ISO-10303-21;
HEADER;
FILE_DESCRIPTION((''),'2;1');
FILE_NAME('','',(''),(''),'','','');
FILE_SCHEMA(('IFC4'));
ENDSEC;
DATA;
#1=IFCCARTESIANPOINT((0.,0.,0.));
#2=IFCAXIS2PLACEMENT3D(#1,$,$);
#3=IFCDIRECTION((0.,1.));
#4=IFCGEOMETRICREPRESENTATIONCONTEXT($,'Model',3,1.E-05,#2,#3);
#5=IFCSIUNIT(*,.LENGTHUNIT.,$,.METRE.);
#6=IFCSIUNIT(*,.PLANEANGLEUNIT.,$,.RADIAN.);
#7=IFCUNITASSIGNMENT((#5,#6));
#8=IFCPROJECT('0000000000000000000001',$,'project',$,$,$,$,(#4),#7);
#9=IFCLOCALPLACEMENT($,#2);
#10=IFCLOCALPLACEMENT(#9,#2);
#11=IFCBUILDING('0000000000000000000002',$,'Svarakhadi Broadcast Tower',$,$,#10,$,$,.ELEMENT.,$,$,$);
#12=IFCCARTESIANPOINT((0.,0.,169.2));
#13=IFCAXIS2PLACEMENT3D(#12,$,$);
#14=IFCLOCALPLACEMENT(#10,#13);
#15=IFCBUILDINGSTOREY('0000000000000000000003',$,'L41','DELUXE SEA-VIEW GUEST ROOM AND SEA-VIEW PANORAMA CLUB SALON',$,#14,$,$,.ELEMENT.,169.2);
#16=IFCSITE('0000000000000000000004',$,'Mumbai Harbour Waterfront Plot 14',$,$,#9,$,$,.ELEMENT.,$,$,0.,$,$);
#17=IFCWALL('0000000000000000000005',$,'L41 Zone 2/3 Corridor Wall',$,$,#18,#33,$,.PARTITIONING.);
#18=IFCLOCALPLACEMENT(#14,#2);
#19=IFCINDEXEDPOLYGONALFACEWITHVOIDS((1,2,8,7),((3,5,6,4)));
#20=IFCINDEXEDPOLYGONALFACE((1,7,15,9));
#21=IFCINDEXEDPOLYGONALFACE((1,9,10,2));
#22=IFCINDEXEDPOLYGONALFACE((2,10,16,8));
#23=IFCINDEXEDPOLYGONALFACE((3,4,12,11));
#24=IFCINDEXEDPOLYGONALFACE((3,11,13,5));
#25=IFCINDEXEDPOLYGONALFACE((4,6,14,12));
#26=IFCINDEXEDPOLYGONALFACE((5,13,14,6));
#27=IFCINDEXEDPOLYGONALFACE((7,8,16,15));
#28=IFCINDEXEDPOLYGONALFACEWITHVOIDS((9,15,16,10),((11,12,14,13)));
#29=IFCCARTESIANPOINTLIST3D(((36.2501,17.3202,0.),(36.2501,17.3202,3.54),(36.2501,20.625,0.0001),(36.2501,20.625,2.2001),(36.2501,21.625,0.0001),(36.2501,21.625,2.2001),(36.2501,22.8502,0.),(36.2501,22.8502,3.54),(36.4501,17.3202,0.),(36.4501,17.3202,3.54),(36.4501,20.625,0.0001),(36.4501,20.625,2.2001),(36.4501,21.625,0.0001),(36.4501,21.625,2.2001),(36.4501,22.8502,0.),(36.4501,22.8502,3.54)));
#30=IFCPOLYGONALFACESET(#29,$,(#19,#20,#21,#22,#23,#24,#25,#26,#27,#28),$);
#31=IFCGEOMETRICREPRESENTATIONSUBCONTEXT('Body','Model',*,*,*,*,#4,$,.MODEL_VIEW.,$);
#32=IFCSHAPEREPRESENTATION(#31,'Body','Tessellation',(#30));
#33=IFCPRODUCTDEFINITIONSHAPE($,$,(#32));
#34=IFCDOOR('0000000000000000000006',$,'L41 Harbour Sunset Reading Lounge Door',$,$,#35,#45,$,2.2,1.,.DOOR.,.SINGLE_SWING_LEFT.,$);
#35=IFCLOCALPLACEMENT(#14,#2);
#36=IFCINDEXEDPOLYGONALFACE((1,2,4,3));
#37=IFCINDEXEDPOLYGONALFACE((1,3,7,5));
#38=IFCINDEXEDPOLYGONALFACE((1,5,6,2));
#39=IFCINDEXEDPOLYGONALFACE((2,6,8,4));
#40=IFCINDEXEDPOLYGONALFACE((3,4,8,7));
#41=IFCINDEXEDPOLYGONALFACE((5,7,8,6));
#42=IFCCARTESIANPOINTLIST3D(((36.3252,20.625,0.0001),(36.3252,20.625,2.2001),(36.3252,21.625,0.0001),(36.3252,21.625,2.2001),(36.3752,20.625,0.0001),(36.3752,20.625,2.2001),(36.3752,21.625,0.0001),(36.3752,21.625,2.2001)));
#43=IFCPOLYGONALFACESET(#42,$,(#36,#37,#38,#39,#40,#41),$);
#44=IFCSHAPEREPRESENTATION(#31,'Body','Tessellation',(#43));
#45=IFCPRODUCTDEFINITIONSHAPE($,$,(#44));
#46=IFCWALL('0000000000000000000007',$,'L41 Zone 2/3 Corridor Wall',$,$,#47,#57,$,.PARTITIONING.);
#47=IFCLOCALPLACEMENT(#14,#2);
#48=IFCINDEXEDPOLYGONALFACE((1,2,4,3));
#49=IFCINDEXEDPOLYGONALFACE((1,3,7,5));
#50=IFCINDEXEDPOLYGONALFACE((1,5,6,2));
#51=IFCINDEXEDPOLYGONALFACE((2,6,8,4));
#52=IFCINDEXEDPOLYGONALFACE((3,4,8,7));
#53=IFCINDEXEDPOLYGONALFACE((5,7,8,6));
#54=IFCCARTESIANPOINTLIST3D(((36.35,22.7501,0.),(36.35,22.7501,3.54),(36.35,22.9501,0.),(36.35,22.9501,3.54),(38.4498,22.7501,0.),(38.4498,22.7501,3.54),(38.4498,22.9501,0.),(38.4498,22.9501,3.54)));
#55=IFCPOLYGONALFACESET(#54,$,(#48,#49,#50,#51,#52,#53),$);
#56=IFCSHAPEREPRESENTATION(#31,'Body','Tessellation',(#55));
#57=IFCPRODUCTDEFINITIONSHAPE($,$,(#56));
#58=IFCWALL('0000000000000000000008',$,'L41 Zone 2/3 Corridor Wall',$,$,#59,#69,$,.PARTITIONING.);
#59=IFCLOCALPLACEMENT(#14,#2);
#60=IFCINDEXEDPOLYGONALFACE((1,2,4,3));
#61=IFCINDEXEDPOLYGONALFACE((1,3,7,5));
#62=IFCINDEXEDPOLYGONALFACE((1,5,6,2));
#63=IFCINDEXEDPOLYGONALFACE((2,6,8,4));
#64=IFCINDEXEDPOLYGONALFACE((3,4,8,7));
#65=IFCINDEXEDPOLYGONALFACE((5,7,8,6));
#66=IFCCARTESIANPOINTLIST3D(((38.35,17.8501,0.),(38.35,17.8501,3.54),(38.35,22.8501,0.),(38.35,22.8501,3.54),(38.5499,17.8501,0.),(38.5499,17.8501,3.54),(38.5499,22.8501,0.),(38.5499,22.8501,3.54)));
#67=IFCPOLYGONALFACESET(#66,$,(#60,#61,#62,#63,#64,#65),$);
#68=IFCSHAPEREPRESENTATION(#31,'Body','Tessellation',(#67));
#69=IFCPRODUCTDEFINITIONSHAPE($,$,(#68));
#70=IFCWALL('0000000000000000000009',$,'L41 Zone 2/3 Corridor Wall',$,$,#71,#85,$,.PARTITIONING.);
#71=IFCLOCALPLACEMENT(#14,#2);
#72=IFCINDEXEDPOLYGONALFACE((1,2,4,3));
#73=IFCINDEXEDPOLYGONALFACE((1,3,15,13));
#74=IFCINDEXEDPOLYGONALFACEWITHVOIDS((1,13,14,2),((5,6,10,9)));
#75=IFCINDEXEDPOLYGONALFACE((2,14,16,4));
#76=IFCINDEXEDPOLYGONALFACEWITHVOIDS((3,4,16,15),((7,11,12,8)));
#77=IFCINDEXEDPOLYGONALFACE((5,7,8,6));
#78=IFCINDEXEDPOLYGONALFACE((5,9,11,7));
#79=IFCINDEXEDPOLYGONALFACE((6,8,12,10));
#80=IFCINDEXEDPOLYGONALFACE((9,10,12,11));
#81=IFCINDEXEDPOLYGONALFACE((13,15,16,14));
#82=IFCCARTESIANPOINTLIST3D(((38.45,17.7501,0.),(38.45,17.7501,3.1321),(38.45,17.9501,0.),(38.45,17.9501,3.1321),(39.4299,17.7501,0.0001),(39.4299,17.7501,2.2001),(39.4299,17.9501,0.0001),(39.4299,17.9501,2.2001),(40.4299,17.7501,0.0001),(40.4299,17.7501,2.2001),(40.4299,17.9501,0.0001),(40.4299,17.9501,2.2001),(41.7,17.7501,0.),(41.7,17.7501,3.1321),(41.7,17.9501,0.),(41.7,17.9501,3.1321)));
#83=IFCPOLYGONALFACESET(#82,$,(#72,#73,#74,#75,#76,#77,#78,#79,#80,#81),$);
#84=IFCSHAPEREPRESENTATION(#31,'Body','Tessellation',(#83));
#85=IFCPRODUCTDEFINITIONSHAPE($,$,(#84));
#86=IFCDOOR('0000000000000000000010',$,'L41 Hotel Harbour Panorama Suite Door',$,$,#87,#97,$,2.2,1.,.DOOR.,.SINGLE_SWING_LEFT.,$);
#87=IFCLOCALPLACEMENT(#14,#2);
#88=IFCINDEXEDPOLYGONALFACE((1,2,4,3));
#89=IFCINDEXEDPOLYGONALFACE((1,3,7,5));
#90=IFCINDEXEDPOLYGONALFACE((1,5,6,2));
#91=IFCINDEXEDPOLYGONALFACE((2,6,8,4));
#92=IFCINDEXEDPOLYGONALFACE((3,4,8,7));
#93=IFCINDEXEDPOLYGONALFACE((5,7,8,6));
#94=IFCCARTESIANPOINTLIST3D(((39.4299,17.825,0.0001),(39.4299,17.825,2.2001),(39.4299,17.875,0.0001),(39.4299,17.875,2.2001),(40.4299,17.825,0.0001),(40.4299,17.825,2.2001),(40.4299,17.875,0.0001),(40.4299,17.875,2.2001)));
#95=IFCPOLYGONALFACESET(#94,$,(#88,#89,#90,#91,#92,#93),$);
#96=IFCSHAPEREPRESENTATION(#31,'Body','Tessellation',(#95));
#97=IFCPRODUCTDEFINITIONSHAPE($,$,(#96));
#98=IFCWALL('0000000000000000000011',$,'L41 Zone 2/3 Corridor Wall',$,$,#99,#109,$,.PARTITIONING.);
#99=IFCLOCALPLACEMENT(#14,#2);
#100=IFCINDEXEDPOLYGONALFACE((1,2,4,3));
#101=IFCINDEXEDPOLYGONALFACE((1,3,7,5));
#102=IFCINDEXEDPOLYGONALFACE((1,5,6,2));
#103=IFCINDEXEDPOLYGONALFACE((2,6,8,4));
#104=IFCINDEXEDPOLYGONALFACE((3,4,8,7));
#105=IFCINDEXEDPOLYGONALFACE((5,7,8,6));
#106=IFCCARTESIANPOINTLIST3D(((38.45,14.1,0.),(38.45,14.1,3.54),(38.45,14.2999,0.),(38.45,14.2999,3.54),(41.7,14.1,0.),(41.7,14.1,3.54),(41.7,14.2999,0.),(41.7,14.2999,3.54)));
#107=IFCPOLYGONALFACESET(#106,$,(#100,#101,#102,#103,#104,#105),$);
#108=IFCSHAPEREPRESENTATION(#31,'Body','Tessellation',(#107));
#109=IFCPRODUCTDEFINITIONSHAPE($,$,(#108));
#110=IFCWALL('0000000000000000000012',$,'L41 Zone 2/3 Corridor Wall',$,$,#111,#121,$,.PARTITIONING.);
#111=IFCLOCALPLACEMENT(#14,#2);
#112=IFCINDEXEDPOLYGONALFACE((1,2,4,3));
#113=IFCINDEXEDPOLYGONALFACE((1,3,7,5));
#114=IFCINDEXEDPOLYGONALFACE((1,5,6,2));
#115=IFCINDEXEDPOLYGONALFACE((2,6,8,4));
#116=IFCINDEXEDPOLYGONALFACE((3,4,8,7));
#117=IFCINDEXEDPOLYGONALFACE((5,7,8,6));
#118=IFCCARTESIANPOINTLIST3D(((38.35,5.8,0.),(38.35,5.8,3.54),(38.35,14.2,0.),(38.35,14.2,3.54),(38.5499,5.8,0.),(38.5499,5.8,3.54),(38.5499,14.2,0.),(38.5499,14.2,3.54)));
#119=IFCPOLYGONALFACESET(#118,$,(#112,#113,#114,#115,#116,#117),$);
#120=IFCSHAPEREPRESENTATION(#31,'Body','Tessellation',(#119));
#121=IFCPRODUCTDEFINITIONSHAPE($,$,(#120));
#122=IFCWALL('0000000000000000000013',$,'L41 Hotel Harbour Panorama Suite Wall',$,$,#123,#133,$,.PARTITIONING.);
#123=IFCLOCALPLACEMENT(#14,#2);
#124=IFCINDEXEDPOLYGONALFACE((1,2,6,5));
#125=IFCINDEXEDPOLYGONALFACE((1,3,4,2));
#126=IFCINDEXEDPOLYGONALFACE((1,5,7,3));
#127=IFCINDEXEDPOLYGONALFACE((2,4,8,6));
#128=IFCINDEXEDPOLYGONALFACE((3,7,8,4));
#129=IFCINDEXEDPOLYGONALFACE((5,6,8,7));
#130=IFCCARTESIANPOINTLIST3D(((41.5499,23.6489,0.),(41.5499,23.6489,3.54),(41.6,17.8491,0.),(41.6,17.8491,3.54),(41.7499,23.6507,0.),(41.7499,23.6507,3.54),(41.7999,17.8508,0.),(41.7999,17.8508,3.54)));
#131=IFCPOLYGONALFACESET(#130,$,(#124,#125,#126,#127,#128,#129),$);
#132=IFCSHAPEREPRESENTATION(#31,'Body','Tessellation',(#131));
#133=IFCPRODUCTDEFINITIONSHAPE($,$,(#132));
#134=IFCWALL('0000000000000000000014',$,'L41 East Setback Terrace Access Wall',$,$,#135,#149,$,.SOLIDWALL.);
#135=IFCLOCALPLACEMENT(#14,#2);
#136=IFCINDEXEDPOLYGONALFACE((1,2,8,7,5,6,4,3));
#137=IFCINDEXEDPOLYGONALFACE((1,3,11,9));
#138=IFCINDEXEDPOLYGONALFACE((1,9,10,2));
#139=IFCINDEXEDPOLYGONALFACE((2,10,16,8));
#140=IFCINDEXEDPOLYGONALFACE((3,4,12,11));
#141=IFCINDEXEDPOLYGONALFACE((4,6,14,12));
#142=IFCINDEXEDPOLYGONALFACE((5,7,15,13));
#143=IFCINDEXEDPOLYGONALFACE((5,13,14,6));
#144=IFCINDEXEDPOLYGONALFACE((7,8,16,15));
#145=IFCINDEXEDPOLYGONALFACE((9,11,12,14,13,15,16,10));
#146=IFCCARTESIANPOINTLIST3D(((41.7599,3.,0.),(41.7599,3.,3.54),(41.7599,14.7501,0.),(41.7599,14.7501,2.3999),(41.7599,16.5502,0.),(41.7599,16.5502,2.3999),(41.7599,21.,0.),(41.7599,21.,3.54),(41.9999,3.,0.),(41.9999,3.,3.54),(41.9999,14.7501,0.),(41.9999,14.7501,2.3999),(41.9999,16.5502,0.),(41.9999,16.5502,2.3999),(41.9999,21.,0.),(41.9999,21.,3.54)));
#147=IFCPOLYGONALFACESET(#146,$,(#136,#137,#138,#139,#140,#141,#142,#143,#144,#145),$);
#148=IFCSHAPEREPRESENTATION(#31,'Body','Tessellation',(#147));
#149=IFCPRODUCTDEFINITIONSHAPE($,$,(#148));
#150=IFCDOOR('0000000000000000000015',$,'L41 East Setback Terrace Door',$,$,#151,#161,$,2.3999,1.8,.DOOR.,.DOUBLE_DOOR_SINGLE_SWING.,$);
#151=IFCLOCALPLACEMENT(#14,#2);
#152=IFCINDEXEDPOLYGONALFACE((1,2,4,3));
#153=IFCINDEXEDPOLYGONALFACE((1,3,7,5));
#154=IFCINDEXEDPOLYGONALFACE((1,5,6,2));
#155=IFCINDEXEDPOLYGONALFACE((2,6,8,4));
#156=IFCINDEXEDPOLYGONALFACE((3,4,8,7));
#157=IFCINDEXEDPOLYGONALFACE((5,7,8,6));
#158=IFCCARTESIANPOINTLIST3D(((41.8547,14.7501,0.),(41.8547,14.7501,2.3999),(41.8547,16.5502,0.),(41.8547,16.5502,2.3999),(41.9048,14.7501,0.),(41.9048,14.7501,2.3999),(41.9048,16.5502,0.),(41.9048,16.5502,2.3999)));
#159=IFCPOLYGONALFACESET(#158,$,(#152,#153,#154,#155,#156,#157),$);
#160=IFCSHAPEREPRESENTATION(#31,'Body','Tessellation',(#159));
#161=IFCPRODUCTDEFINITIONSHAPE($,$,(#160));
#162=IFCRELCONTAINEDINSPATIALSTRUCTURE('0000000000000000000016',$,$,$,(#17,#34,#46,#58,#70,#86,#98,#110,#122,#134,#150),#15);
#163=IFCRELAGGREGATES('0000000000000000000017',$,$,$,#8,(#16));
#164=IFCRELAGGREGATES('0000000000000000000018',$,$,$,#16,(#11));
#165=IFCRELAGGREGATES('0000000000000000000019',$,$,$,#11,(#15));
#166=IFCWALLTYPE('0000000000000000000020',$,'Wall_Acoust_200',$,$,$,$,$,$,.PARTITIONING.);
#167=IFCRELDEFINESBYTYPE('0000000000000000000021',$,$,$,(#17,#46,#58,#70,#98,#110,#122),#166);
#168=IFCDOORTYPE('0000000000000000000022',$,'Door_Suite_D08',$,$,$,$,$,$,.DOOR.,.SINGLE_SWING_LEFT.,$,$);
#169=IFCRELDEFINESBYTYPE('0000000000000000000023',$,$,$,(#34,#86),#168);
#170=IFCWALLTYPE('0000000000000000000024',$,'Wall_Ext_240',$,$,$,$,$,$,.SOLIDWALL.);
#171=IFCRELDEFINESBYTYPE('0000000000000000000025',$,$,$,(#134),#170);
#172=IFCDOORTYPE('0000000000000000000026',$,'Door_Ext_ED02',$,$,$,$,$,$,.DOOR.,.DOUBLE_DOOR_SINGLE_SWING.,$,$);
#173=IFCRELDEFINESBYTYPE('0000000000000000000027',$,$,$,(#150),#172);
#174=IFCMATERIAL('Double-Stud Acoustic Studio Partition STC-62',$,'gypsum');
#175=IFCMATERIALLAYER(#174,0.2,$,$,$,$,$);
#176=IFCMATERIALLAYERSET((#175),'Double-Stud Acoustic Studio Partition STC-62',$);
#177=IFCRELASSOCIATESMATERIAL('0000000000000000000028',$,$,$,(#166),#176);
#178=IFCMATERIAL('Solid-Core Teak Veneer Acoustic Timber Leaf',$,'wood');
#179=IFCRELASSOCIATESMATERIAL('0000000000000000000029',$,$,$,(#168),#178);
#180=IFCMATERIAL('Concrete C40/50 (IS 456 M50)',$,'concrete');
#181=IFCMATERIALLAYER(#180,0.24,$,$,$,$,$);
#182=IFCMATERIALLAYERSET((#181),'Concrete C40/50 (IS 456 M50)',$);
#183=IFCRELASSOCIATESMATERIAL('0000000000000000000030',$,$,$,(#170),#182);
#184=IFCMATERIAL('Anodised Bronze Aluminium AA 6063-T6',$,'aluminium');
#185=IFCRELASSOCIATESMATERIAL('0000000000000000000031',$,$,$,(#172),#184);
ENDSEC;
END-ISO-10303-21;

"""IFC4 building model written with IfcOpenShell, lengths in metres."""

from ifc_helpers import new_model, si_unit, direction, frame, frame_2d, origin, place, context, subcontext, project, spatial, rectangle, extrude, material, layer, layer_set, type_object, element, fill, save


model = new_model("IFC4")

# Units and contexts
model_context = context("Model", 3, precision=1e-05, world=origin(), true_north=direction((0.0, 1.0)))
body_context = subcontext(model_context, "Body", "Model", "MODEL_VIEW")
ifc_project = project(units=[si_unit("LENGTHUNIT", "METRE"), si_unit("PLANEANGLEUNIT", "RADIAN")], contexts=[model_context])

# Site, building, storey
site_placement = place(None, origin())
site = spatial("IfcSite", under=ifc_project, at=site_placement, Name="Mumbai Harbour Waterfront Plot 14", CompositionType="ELEMENT", RefElevation=0.0)
building_placement = place(site_placement, origin())
building = spatial("IfcBuilding", under=site, at=building_placement, Name="Svarakhadi Broadcast Tower", CompositionType="ELEMENT")
storey_placement = place(building_placement, frame((0.0, 0.0, 169.2)))
storey = spatial("IfcBuildingStorey", under=building, at=storey_placement, Name="L41", Description="DELUXE SEA-VIEW GUEST ROOM AND SEA-VIEW PANORAMA CLUB SALON", CompositionType="ELEMENT", Elevation=169.2)

# Shared definitions
ifc_material_1 = material(Name="Anodised Bronze Aluminium AA 6063-T6", Category="aluminium")

# Shared definitions
ifc_material_2 = material(Name="Double-Stud Acoustic Studio Partition STC-62", Category="gypsum")
ifc_layer_1 = layer(ifc_material_2, 0.2)
ifc_layer_set_1 = layer_set([ifc_layer_1], Name="Double-Stud Acoustic Studio Partition STC-62")
wall_type_1 = type_object("IfcWallType", Name="Wall_Acoust_200", PredefinedType="PARTITIONING", material=ifc_layer_set_1)

# Wall, opening, door
wall_1_placement = place(storey_placement, frame((36.3501, 17.3201, 0.0), z_axis=(0.0, 0.0, 1.0), x_axis=(0.0, 1.0, 0.0)))
wall_1 = element("IfcWall", 1, at=wall_1_placement, inside=storey, type_object=wall_type_1, Name="L41 Zone 2/3 Corridor Wall", PredefinedType="PARTITIONING", context=body_context, shape_type="SweptSolid", body=[
    extrude(rectangle(XDim=5.53, YDim=0.2, at=frame_2d((2.7651, 0.0))), origin(), (0.0, 0.0, 1.0), 3.54),
])
opening_1_placement = place(wall_1_placement, frame((3.3049, 0.0, 0.0)))
opening_1 = element("IfcOpeningElement", 2, at=opening_1_placement, cuts=wall_1, PredefinedType="OPENING", context=body_context, shape_type="SweptSolid", body=[
    extrude(rectangle(XDim=1.0, YDim=2.2, at=frame_2d((0.5, 1.1001))), frame((0.0, 0.1099, 0.0), z_axis=(0.0, -1.0, 0.0), x_axis=(1.0, 0.0, 0.0)), (0.0, 0.0, 1.0), 0.22),
])
ifc_material_3 = material(Name="Solid-Core Teak Veneer Acoustic Timber Leaf", Category="wood")
door_type_1 = type_object("IfcDoorType", Name="Door_Suite_D08", OperationType="SINGLE_SWING_LEFT", PredefinedType="DOOR", material=ifc_material_3)
door_1_placement = place(opening_1_placement, origin())
door_1 = element("IfcDoor", 3, at=door_1_placement, inside=storey, type_object=door_type_1, Name="L41 Harbour Sunset Reading Lounge Door", OperationType="SINGLE_SWING_LEFT", OverallHeight=2.2, OverallWidth=1.0, PredefinedType="DOOR", context=body_context, shape_type="SweptSolid", body=[
    extrude(rectangle(XDim=1.0, YDim=2.2, at=frame_2d((0.5, 1.1001))), frame((0.0, 0.0249, 0.0), z_axis=(0.0, -1.0, 0.0), x_axis=(1.0, 0.0, 0.0)), (0.0, 0.0, 1.0), 0.05),
])
fill(opening_1, door_1)

# Walls
wall_2_placement = place(storey_placement, frame((36.3501, 22.8501, 0.0), z_axis=(0.0, 0.0, 1.0), x_axis=(1.0, 0.0, 0.0)))
element("IfcWall", 4, at=wall_2_placement, inside=storey, type_object=wall_type_1, Name="L41 Zone 2/3 Corridor Wall", PredefinedType="PARTITIONING", context=body_context, shape_type="SweptSolid", body=[
    extrude(rectangle(XDim=2.0999, YDim=0.2, at=frame_2d((1.0498, 0.0))), origin(), (0.0, 0.0, 1.0), 3.54),
])
wall_3_placement = place(storey_placement, frame((38.45, 22.8501, 0.0), z_axis=(0.0, 0.0, 1.0), x_axis=(0.0, -1.0, 0.0)))
element("IfcWall", 5, at=wall_3_placement, inside=storey, type_object=wall_type_1, Name="L41 Zone 2/3 Corridor Wall", PredefinedType="PARTITIONING", context=body_context, shape_type="SweptSolid", body=[
    extrude(rectangle(XDim=5.0, YDim=0.2, at=frame_2d((2.5, 0.0))), origin(), (0.0, 0.0, 1.0), 3.54),
])

# Wall, opening, door
wall_4_placement = place(storey_placement, frame((38.45, 17.8501, 0.0), z_axis=(0.0, 0.0, 1.0), x_axis=(1.0, 0.0, 0.0)))
wall_4 = element("IfcWall", 6, at=wall_4_placement, inside=storey, type_object=wall_type_1, Name="L41 Zone 2/3 Corridor Wall", PredefinedType="PARTITIONING", context=body_context, shape_type="SweptSolid", body=[
    extrude(rectangle(XDim=3.25, YDim=0.2, at=frame_2d((1.625, 0.0))), origin(), (0.0, 0.0, 1.0), 3.1321),
])
opening_2_placement = place(wall_4_placement, frame((0.98, 0.0, 0.0)))
opening_2 = element("IfcOpeningElement", 7, at=opening_2_placement, cuts=wall_4, PredefinedType="OPENING", context=body_context, shape_type="SweptSolid", body=[
    extrude(rectangle(XDim=1.0, YDim=2.2, at=frame_2d((0.5, 1.1001))), frame((0.0, 0.1099, 0.0), z_axis=(0.0, -1.0, 0.0), x_axis=(1.0, 0.0, 0.0)), (0.0, 0.0, 1.0), 0.22),
])
door_2_placement = place(opening_2_placement, origin())
door_2 = element("IfcDoor", 8, at=door_2_placement, inside=storey, type_object=door_type_1, Name="L41 Hotel Harbour Panorama Suite Door", OperationType="SINGLE_SWING_LEFT", OverallHeight=2.2, OverallWidth=1.0, PredefinedType="DOOR", context=body_context, shape_type="SweptSolid", body=[
    extrude(rectangle(XDim=1.0, YDim=2.2, at=frame_2d((0.5, 1.1001))), frame((0.0, 0.0249, 0.0), z_axis=(0.0, -1.0, 0.0), x_axis=(1.0, 0.0, 0.0)), (0.0, 0.0, 1.0), 0.05),
])
fill(opening_2, door_2)

# Walls
wall_5_placement = place(storey_placement, frame((41.7, 14.2, 0.0), z_axis=(0.0, 0.0, 1.0), x_axis=(-1.0, 0.0, 0.0)))
element("IfcWall", 9, at=wall_5_placement, inside=storey, type_object=wall_type_1, Name="L41 Zone 2/3 Corridor Wall", PredefinedType="PARTITIONING", context=body_context, shape_type="SweptSolid", body=[
    extrude(rectangle(XDim=3.25, YDim=0.2, at=frame_2d((1.625, 0.0))), origin(), (0.0, 0.0, 1.0), 3.54),
])
wall_6_placement = place(storey_placement, frame((38.45, 14.2, 0.0), z_axis=(0.0, 0.0, 1.0), x_axis=(0.0, -1.0, 0.0)))
element("IfcWall", 10, at=wall_6_placement, inside=storey, type_object=wall_type_1, Name="L41 Zone 2/3 Corridor Wall", PredefinedType="PARTITIONING", context=body_context, shape_type="SweptSolid", body=[
    extrude(rectangle(XDim=8.3999, YDim=0.2, at=frame_2d((4.2, 0.0))), origin(), (0.0, 0.0, 1.0), 3.54),
])
wall_7_placement = place(storey_placement, frame((41.7, 17.8501, 0.0), z_axis=(0.0, 0.0, 1.0), x_axis=(-0.008629, 0.999963, 0.0)))
element("IfcWall", 11, at=wall_7_placement, inside=storey, type_object=wall_type_1, Name="L41 Hotel Harbour Panorama Suite Wall", PredefinedType="PARTITIONING", context=body_context, shape_type="SweptSolid", body=[
    extrude(rectangle(XDim=5.8, YDim=0.2, at=frame_2d((2.8999, 0.0))), origin(), (0.0, 0.0, 1.0), 3.54),
])

# Wall, opening, door
ifc_material_4 = material(Name="Concrete C40/50 (IS 456 M50)", Category="concrete")
ifc_layer_2 = layer(ifc_material_4, 0.24)
ifc_layer_set_2 = layer_set([ifc_layer_2], Name="Concrete C40/50 (IS 456 M50)")
wall_type_2 = type_object("IfcWallType", Name="Wall_Ext_240", PredefinedType="SOLIDWALL", material=ifc_layer_set_2)
wall_8_placement = place(storey_placement, frame((41.8799, 21.0, 0.0), z_axis=(0.0, 0.0, 1.0), x_axis=(0.0, -1.0, 0.0)))
wall_8 = element("IfcWall", 12, at=wall_8_placement, inside=storey, type_object=wall_type_2, Name="L41 East Setback Terrace Access Wall", PredefinedType="SOLIDWALL", context=body_context, shape_type="SweptSolid", body=[
    extrude(rectangle(XDim=18.0, YDim=0.24, at=frame_2d((9.0, 0.0))), origin(), (0.0, 0.0, 1.0), 3.54),
])
opening_3_placement = place(wall_8_placement, frame((4.45, 0.0, 0.0)))
opening_3 = element("IfcOpeningElement", 13, at=opening_3_placement, cuts=wall_8, PredefinedType="OPENING", context=body_context, shape_type="SweptSolid", body=[
    extrude(rectangle(XDim=1.8, YDim=2.3999, at=frame_2d((0.8999, 1.2))), frame((0.0, 0.1299, 0.0), z_axis=(0.0, -1.0, 0.0), x_axis=(1.0, 0.0, 0.0)), (0.0, 0.0, 1.0), 0.26),
])
door_type_2 = type_object("IfcDoorType", Name="Door_Ext_ED02", OperationType="DOUBLE_DOOR_SINGLE_SWING", PredefinedType="DOOR", material=ifc_material_1)
door_3_placement = place(opening_3_placement, origin())
door_3 = element("IfcDoor", 14, at=door_3_placement, inside=storey, type_object=door_type_2, Name="L41 East Setback Terrace Door", OperationType="DOUBLE_DOOR_SINGLE_SWING", OverallHeight=2.3999, OverallWidth=1.8, PredefinedType="DOOR", context=body_context, shape_type="SweptSolid", body=[
    extrude(rectangle(XDim=1.8, YDim=2.3999, at=frame_2d((0.8999, 1.2))), frame((0.0, 0.0249, 0.0), z_axis=(0.0, -1.0, 0.0), x_axis=(1.0, 0.0, 0.0)), (0.0, 0.0, 1.0), 0.05),
])
fill(opening_3, door_3)

save(model, "model.ifc")
